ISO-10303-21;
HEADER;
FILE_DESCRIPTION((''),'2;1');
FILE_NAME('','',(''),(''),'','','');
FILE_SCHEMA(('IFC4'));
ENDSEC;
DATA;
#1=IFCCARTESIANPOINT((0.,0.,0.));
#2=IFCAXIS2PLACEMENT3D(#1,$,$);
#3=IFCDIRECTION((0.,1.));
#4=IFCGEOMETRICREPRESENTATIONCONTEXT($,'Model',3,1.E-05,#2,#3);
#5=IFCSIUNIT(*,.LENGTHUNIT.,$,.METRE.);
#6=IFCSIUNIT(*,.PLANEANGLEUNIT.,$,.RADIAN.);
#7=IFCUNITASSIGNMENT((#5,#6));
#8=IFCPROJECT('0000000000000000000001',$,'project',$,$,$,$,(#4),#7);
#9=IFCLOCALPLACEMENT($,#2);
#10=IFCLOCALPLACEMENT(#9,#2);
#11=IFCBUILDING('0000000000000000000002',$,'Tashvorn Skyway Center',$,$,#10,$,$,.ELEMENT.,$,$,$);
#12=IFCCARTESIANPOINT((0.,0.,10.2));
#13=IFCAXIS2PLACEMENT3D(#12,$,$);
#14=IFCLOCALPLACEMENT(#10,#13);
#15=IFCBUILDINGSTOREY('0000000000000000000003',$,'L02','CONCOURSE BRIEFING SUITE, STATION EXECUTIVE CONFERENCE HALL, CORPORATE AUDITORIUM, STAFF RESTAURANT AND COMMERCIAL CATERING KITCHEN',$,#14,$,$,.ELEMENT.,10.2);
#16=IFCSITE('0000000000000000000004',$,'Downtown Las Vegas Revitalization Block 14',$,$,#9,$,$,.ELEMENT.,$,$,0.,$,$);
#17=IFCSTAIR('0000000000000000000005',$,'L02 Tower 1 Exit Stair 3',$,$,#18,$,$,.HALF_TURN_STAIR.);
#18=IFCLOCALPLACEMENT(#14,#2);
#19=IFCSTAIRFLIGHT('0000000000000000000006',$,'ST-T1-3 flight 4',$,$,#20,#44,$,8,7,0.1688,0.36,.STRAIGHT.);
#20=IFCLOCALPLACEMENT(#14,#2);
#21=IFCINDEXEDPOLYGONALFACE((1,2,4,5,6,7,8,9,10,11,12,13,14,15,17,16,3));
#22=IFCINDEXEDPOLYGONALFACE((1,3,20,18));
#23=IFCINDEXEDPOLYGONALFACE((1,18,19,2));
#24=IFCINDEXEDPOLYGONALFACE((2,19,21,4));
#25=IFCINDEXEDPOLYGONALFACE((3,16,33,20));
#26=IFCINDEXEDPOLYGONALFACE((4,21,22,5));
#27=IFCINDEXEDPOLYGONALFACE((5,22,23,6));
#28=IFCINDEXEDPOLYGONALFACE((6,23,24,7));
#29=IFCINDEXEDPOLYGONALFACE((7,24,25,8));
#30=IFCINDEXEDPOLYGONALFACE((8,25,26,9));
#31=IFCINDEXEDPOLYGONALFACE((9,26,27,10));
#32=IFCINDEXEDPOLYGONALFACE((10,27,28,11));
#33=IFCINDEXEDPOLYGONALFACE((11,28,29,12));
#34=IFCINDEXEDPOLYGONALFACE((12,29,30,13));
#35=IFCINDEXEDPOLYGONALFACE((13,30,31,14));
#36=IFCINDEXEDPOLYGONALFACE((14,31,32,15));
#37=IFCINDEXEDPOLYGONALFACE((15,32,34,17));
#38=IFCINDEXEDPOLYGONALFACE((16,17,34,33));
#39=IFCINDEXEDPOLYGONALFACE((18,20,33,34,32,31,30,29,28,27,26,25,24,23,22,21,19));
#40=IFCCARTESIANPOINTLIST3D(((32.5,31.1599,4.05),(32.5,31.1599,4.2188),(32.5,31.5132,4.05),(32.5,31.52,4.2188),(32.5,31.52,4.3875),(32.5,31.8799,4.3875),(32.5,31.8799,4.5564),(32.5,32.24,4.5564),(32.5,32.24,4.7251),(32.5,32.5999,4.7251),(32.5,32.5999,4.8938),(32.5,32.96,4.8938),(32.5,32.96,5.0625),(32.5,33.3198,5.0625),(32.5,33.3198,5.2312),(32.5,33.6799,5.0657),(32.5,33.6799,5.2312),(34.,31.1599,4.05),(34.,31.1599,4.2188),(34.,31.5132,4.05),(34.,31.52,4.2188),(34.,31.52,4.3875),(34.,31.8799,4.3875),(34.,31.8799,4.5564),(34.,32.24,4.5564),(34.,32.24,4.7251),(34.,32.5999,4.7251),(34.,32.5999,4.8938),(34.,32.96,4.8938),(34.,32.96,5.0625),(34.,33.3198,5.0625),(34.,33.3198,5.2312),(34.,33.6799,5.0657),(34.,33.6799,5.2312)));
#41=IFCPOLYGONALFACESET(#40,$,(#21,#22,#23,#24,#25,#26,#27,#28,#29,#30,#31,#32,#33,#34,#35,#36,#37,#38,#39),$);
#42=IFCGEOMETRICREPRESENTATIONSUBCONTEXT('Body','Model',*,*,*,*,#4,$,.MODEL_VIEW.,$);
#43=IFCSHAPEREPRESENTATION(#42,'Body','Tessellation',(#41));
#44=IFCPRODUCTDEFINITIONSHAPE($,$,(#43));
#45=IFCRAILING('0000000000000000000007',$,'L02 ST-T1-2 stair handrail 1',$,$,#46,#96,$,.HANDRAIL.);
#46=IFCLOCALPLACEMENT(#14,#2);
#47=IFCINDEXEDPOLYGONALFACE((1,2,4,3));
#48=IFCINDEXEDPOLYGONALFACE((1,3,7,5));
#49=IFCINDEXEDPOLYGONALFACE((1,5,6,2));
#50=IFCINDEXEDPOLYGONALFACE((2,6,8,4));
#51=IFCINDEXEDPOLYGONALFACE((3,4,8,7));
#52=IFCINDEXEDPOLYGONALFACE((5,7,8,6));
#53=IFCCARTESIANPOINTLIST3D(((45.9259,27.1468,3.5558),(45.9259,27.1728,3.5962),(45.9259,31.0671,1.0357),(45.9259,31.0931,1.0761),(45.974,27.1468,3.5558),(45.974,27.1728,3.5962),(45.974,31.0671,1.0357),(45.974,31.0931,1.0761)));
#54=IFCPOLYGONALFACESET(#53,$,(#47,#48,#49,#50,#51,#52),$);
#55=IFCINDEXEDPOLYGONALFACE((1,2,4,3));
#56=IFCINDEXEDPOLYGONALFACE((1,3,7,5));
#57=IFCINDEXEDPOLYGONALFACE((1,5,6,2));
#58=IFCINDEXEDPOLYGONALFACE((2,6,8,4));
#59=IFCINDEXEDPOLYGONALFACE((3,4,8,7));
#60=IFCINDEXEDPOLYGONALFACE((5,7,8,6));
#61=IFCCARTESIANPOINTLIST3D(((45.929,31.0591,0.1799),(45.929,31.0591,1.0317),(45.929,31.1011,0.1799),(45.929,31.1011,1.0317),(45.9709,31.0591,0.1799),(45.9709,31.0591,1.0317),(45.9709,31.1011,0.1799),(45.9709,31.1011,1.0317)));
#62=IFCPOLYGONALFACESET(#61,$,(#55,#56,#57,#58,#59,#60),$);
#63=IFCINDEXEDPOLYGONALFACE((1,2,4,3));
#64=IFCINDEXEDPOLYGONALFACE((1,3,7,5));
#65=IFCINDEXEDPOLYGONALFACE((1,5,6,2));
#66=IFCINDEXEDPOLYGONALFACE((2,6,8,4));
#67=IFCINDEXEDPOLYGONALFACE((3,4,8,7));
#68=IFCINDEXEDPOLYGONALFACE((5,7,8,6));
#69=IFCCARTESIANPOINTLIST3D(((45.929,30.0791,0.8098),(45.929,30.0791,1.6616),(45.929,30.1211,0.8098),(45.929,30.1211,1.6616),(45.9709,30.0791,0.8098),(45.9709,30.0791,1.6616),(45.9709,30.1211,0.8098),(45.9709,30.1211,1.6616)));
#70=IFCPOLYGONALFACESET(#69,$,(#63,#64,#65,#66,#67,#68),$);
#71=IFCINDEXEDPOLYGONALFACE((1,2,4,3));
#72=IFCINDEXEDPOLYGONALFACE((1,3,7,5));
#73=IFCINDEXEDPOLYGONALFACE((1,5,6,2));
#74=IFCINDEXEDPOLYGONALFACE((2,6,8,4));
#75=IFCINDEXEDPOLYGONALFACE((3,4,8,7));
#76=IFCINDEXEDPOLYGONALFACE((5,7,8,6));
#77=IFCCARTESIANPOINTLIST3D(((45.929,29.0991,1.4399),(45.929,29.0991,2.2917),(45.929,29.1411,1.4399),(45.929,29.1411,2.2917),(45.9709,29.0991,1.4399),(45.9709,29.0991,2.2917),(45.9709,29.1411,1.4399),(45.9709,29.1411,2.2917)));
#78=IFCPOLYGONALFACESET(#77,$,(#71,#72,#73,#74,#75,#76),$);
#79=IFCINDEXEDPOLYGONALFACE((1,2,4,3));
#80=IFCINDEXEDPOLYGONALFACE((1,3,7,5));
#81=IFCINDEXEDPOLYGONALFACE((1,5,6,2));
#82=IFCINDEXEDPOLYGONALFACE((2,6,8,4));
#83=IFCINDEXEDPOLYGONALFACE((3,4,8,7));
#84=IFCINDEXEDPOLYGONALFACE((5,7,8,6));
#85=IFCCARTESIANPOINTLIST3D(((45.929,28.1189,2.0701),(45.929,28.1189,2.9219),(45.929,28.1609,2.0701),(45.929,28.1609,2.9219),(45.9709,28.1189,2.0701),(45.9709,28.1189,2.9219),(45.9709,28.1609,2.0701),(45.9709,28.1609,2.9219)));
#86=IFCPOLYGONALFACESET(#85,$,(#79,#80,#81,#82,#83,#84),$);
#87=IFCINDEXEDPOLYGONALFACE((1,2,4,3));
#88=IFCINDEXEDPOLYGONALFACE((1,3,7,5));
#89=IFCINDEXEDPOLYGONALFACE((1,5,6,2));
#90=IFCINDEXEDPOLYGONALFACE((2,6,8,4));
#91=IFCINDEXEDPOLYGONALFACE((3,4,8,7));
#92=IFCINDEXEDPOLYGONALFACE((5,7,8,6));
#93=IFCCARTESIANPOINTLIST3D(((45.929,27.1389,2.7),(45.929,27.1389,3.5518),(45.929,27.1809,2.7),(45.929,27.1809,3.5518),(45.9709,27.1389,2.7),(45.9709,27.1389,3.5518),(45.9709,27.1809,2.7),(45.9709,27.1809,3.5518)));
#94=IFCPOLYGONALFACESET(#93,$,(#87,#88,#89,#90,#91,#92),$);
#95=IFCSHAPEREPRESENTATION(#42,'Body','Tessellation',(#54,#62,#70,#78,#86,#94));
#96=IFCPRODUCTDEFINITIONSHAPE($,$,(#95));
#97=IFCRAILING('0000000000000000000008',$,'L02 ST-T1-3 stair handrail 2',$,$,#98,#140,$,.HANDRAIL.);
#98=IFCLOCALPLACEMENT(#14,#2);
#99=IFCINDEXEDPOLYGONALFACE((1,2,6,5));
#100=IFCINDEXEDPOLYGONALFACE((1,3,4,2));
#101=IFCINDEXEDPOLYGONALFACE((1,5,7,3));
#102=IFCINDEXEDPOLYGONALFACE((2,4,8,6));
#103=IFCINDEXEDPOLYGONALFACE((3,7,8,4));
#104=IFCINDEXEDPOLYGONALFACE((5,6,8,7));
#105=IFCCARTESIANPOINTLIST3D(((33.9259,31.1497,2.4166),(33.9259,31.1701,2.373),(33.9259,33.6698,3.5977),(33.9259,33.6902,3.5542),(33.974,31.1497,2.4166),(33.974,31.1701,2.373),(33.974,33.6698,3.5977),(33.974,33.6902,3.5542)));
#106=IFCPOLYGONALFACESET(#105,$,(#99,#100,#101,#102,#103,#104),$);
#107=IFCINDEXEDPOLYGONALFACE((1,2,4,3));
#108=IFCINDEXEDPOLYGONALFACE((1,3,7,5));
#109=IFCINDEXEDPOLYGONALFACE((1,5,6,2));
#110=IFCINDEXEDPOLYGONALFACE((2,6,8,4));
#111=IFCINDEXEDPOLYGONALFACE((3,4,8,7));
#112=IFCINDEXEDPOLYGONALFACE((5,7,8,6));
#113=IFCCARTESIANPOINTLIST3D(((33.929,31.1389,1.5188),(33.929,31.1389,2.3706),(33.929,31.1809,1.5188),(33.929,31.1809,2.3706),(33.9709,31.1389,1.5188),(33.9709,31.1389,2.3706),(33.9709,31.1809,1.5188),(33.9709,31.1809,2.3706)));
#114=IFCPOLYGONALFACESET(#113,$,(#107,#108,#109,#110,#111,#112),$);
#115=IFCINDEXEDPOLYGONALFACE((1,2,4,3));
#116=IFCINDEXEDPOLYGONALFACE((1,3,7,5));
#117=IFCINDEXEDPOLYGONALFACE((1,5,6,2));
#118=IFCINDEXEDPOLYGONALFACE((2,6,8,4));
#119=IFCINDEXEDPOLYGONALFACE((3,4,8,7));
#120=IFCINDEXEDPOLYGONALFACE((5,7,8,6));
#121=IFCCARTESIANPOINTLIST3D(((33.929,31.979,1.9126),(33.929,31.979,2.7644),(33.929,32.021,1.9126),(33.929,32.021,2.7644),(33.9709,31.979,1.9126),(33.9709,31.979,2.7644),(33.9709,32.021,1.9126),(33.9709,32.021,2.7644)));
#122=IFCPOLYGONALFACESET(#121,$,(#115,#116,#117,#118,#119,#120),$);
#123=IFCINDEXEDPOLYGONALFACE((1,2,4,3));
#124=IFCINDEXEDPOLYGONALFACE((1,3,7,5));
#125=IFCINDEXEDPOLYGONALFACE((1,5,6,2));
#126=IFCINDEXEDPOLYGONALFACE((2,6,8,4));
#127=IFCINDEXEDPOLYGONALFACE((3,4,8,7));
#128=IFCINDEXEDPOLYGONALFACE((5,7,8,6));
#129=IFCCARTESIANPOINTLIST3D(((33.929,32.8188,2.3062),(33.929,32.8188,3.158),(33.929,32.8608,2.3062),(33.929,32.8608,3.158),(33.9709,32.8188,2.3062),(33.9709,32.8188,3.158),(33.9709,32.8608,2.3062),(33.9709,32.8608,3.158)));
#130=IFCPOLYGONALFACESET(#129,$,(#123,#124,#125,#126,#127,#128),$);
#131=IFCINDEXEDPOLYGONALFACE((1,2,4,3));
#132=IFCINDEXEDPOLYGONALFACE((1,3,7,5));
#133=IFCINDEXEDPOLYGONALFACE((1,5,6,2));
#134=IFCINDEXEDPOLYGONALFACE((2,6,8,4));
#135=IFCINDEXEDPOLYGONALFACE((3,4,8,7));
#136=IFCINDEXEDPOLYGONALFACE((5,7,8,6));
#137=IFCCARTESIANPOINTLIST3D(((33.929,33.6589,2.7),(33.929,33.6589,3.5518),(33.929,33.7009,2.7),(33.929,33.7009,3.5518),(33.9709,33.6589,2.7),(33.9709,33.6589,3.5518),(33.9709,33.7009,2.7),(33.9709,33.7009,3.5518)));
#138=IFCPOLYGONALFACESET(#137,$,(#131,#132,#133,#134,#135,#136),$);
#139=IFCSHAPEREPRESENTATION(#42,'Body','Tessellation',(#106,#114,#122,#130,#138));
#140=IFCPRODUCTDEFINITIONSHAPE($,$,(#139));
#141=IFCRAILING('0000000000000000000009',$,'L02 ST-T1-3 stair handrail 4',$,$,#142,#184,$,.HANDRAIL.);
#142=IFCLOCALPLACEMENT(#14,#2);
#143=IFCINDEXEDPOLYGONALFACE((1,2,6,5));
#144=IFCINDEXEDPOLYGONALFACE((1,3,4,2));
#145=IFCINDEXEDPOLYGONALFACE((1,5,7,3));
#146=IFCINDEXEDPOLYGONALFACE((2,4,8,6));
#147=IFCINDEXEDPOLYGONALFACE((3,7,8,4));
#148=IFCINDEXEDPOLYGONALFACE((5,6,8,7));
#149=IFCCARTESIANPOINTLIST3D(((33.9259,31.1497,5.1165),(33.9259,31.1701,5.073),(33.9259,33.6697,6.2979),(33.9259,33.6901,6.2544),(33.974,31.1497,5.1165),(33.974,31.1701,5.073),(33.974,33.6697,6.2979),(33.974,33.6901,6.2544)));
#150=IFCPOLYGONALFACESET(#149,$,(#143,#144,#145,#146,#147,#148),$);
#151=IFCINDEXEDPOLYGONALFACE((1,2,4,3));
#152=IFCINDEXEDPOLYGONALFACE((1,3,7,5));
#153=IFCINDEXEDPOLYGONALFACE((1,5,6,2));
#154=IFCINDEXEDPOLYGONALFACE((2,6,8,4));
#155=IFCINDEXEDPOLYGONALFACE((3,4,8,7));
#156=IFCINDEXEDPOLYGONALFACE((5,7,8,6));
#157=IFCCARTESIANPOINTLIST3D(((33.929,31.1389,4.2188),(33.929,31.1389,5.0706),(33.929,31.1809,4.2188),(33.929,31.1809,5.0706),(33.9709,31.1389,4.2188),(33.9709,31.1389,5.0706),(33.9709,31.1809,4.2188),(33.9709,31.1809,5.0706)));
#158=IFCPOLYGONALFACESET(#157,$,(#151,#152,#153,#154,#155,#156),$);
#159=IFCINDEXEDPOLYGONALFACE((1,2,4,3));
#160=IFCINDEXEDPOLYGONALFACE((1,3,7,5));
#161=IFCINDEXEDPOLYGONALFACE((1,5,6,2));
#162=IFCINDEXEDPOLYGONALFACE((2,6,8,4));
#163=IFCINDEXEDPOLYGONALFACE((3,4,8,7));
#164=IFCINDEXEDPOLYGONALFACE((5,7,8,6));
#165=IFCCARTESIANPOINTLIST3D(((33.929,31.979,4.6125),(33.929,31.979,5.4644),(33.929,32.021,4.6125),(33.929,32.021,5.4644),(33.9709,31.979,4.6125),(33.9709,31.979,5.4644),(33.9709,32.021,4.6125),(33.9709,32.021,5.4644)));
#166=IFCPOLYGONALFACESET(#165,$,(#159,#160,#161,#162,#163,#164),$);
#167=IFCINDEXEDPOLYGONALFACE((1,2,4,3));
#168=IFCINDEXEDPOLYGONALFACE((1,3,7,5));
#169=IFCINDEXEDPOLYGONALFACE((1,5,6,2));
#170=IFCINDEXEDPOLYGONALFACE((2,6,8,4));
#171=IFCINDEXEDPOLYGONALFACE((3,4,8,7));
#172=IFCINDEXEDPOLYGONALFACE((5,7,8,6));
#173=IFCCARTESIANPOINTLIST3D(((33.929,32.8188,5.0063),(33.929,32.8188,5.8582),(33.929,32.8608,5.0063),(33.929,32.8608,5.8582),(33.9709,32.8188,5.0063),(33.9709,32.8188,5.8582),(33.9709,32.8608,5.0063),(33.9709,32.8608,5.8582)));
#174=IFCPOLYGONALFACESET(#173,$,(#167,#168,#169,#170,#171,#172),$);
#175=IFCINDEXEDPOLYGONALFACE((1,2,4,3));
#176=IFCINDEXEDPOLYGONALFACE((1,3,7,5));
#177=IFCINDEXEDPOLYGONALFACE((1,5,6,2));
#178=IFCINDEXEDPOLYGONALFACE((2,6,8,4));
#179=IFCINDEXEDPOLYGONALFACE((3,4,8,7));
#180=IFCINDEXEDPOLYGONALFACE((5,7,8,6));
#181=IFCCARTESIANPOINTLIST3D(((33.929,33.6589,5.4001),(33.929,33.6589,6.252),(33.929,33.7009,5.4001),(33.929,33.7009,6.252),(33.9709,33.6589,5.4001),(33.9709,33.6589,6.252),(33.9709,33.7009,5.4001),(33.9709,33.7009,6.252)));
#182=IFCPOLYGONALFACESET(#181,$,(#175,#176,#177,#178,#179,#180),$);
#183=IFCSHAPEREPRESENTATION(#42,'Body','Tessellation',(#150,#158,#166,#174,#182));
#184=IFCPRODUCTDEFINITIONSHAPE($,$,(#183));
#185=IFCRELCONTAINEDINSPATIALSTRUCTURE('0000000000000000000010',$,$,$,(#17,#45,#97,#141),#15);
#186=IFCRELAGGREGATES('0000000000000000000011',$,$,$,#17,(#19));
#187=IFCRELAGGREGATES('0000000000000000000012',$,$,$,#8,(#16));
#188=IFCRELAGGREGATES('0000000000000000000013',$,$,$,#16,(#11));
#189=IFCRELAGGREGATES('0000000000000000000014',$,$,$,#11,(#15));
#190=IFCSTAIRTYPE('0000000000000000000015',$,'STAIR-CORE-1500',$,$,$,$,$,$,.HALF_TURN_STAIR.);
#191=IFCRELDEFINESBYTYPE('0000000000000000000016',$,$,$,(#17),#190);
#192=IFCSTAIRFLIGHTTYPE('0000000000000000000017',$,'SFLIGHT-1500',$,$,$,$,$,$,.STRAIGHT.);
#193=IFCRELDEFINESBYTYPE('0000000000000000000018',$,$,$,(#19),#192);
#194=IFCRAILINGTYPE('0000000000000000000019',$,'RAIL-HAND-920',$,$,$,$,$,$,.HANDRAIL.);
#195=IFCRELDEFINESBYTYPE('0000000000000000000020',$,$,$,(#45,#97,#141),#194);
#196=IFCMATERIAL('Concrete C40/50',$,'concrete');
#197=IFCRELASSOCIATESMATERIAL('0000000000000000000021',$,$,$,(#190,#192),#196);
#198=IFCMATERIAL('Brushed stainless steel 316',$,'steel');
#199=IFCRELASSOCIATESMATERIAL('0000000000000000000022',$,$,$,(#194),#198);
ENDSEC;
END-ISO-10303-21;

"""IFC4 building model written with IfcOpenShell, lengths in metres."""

from ifc_helpers import new_model, si_unit, direction, frame, origin, origin_2d, place, context, subcontext, project, spatial, polyline, rectangle, outline, extrude, material, type_object, element, aggregate, save


model = new_model("IFC4")

# Units and contexts
model_context = context("Model", 3, precision=1e-05, world=origin(), true_north=direction((0.0, 1.0)))
body_context = subcontext(model_context, "Body", "Model", "MODEL_VIEW")
ifc_project = project(units=[si_unit("LENGTHUNIT", "METRE"), si_unit("PLANEANGLEUNIT", "RADIAN")], contexts=[model_context])

# Site, building, storey
site_placement = place(None, origin())
site = spatial("IfcSite", under=ifc_project, at=site_placement, Name="Downtown Las Vegas Revitalization Block 14", CompositionType="ELEMENT", RefElevation=0.0)
building_placement = place(site_placement, origin())
building = spatial("IfcBuilding", under=site, at=building_placement, Name="Tashvorn Skyway Center", CompositionType="ELEMENT")
storey_placement = place(building_placement, frame((0.0, 0.0, 10.2)))
storey = spatial("IfcBuildingStorey", under=building, at=storey_placement, Name="L02", Description="CONCOURSE BRIEFING SUITE, STATION EXECUTIVE CONFERENCE HALL, CORPORATE AUDITORIUM, STAFF RESTAURANT AND COMMERCIAL CATERING KITCHEN", CompositionType="ELEMENT", Elevation=10.2)

# Shared definitions
ifc_material_1 = material(Name="Concrete C40/50", Category="concrete")

# Shared definitions
stair_type = type_object("IfcStairType", Name="STAIR-CORE-1500", PredefinedType="HALF_TURN_STAIR", material=ifc_material_1)
stair_flight_type = type_object("IfcStairFlightType", Name="SFLIGHT-1500", PredefinedType="STRAIGHT", material=ifc_material_1)

# Stair, stair flight
stair_1_placement = place(storey_placement, origin())
stair_1 = element("IfcStair", 1, at=stair_1_placement, inside=storey, type_object=stair_type, Name="L02 Tower 1 Exit Stair 3", PredefinedType="HALF_TURN_STAIR")
stair_flight_1_placement = place(storey_placement, frame((33.25, 31.1599, 4.05), z_axis=(0.0, 0.0, 1.0), x_axis=(0.0, 1.0, 0.0)))
stair_flight_1 = element("IfcStairFlight", 2, at=stair_flight_1_placement, type_object=stair_flight_type, Name="ST-T1-3 flight 4", NumberOfRisers=8, NumberOfTreads=7, PredefinedType="STRAIGHT", RiserHeight=0.1688, TreadLength=0.36, context=body_context, shape_type="SweptSolid", body=[
    extrude(outline(polyline([(0.0, 0.0), (0.0, 0.1687), (0.3601, 0.1687), (0.3601, 0.3374), (0.72, 0.3374), (0.72, 0.5063), (1.0801, 0.5063), (1.0801, 0.675), (1.4399, 0.675), (1.4399, 0.8438), (1.8, 0.8438), (1.8, 1.0125), (2.1599, 1.0125), (2.1599, 1.1812), (2.52, 1.1812), (2.52, 1.3501), (2.52, 1.0156), (0.3533, 0.0), (0.0, 0.0)])), frame((0.0, 0.75, 0.0), z_axis=(0.0, -1.0, 0.0), x_axis=(1.0, 0.0, 0.0)), (0.0, 0.0, 1.0), 1.5),
])
aggregate(stair_1, [stair_flight_1])

# Railings
ifc_material_2 = material(Name="Brushed stainless steel 316", Category="steel")
railing_type_1 = type_object("IfcRailingType", Name="RAIL-HAND-920", PredefinedType="HANDRAIL", material=ifc_material_2)
railing_1_placement = place(storey_placement, frame((45.95, 31.0801, 0.1799)))
element("IfcRailing", 3, at=railing_1_placement, inside=storey, type_object=railing_type_1, Name="L02 ST-T1-2 stair handrail 1", PredefinedType="HANDRAIL", context=body_context, shape_type="SweptSolid", body=[
    extrude(rectangle(XDim=0.0481, YDim=0.0481, at=origin_2d()), frame((0.0, 0.0, 0.876), z_axis=(0.0, -0.841187, 0.540744), x_axis=(1.0, 0.0, 0.0)), (0.0, 0.0, 1.0), 4.6604),
    extrude(rectangle(XDim=0.042, YDim=0.042, at=origin_2d()), origin(), (0.0, 0.0, 1.0), 0.8518),
    extrude(rectangle(XDim=0.042, YDim=0.042, at=origin_2d()), frame((0.0, -0.98, 0.6299)), (0.0, 0.0, 1.0), 0.8518),
    extrude(rectangle(XDim=0.042, YDim=0.042, at=origin_2d()), frame((0.0, -1.96, 1.26)), (0.0, 0.0, 1.0), 0.8518),
    extrude(rectangle(XDim=0.042, YDim=0.042, at=origin_2d()), frame((0.0, -2.9402, 1.8901)), (0.0, 0.0, 1.0), 0.8518),
    extrude(rectangle(XDim=0.042, YDim=0.042, at=origin_2d()), frame((0.0, -3.9202, 2.52)), (0.0, 0.0, 1.0), 0.8518),
])
railing_2_placement = place(storey_placement, frame((33.95, 31.1599, 1.5188)))
element("IfcRailing", 4, at=railing_2_placement, inside=storey, type_object=railing_type_1, Name="L02 ST-T1-3 stair handrail 2", PredefinedType="HANDRAIL", context=body_context, shape_type="SweptSolid", body=[
    extrude(rectangle(XDim=0.0481, YDim=0.0481, at=origin_2d()), frame((0.0, 0.0, 0.876), z_axis=(0.0, 0.905474, 0.424402), x_axis=(-1.0, 0.0, 0.0)), (0.0, 0.0, 1.0), 2.7832),
    extrude(rectangle(XDim=0.042, YDim=0.042, at=origin_2d()), origin(), (0.0, 0.0, 1.0), 0.8518),
    extrude(rectangle(XDim=0.042, YDim=0.042, at=origin_2d()), frame((0.0, 0.8401, 0.3938)), (0.0, 0.0, 1.0), 0.8518),
    extrude(rectangle(XDim=0.042, YDim=0.042, at=origin_2d()), frame((0.0, 1.6799, 0.7874)), (0.0, 0.0, 1.0), 0.8518),
    extrude(rectangle(XDim=0.042, YDim=0.042, at=origin_2d()), frame((0.0, 2.52, 1.1812)), (0.0, 0.0, 1.0), 0.8518),
])
railing_3_placement = place(storey_placement, frame((33.95, 31.1599, 4.2188)))
element("IfcRailing", 5, at=railing_3_placement, inside=storey, type_object=railing_type_1, Name="L02 ST-T1-3 stair handrail 4", PredefinedType="HANDRAIL", context=body_context, shape_type="SweptSolid", body=[
    extrude(rectangle(XDim=0.0481, YDim=0.0481, at=origin_2d()), frame((0.0, 0.0, 0.876), z_axis=(0.0, 0.90544, 0.424474), x_axis=(-1.0, 0.0, 0.0)), (0.0, 0.0, 1.0), 2.7832),
    extrude(rectangle(XDim=0.042, YDim=0.042, at=origin_2d()), origin(), (0.0, 0.0, 1.0), 0.8518),
    extrude(rectangle(XDim=0.042, YDim=0.042, at=origin_2d()), frame((0.0, 0.8401, 0.3938)), (0.0, 0.0, 1.0), 0.8518),
    extrude(rectangle(XDim=0.042, YDim=0.042, at=origin_2d()), frame((0.0, 1.6799, 0.7876)), (0.0, 0.0, 1.0), 0.8518),
    extrude(rectangle(XDim=0.042, YDim=0.042, at=origin_2d()), frame((0.0, 2.52, 1.1814)), (0.0, 0.0, 1.0), 0.8518),
])

save(model, "model.ifc")
